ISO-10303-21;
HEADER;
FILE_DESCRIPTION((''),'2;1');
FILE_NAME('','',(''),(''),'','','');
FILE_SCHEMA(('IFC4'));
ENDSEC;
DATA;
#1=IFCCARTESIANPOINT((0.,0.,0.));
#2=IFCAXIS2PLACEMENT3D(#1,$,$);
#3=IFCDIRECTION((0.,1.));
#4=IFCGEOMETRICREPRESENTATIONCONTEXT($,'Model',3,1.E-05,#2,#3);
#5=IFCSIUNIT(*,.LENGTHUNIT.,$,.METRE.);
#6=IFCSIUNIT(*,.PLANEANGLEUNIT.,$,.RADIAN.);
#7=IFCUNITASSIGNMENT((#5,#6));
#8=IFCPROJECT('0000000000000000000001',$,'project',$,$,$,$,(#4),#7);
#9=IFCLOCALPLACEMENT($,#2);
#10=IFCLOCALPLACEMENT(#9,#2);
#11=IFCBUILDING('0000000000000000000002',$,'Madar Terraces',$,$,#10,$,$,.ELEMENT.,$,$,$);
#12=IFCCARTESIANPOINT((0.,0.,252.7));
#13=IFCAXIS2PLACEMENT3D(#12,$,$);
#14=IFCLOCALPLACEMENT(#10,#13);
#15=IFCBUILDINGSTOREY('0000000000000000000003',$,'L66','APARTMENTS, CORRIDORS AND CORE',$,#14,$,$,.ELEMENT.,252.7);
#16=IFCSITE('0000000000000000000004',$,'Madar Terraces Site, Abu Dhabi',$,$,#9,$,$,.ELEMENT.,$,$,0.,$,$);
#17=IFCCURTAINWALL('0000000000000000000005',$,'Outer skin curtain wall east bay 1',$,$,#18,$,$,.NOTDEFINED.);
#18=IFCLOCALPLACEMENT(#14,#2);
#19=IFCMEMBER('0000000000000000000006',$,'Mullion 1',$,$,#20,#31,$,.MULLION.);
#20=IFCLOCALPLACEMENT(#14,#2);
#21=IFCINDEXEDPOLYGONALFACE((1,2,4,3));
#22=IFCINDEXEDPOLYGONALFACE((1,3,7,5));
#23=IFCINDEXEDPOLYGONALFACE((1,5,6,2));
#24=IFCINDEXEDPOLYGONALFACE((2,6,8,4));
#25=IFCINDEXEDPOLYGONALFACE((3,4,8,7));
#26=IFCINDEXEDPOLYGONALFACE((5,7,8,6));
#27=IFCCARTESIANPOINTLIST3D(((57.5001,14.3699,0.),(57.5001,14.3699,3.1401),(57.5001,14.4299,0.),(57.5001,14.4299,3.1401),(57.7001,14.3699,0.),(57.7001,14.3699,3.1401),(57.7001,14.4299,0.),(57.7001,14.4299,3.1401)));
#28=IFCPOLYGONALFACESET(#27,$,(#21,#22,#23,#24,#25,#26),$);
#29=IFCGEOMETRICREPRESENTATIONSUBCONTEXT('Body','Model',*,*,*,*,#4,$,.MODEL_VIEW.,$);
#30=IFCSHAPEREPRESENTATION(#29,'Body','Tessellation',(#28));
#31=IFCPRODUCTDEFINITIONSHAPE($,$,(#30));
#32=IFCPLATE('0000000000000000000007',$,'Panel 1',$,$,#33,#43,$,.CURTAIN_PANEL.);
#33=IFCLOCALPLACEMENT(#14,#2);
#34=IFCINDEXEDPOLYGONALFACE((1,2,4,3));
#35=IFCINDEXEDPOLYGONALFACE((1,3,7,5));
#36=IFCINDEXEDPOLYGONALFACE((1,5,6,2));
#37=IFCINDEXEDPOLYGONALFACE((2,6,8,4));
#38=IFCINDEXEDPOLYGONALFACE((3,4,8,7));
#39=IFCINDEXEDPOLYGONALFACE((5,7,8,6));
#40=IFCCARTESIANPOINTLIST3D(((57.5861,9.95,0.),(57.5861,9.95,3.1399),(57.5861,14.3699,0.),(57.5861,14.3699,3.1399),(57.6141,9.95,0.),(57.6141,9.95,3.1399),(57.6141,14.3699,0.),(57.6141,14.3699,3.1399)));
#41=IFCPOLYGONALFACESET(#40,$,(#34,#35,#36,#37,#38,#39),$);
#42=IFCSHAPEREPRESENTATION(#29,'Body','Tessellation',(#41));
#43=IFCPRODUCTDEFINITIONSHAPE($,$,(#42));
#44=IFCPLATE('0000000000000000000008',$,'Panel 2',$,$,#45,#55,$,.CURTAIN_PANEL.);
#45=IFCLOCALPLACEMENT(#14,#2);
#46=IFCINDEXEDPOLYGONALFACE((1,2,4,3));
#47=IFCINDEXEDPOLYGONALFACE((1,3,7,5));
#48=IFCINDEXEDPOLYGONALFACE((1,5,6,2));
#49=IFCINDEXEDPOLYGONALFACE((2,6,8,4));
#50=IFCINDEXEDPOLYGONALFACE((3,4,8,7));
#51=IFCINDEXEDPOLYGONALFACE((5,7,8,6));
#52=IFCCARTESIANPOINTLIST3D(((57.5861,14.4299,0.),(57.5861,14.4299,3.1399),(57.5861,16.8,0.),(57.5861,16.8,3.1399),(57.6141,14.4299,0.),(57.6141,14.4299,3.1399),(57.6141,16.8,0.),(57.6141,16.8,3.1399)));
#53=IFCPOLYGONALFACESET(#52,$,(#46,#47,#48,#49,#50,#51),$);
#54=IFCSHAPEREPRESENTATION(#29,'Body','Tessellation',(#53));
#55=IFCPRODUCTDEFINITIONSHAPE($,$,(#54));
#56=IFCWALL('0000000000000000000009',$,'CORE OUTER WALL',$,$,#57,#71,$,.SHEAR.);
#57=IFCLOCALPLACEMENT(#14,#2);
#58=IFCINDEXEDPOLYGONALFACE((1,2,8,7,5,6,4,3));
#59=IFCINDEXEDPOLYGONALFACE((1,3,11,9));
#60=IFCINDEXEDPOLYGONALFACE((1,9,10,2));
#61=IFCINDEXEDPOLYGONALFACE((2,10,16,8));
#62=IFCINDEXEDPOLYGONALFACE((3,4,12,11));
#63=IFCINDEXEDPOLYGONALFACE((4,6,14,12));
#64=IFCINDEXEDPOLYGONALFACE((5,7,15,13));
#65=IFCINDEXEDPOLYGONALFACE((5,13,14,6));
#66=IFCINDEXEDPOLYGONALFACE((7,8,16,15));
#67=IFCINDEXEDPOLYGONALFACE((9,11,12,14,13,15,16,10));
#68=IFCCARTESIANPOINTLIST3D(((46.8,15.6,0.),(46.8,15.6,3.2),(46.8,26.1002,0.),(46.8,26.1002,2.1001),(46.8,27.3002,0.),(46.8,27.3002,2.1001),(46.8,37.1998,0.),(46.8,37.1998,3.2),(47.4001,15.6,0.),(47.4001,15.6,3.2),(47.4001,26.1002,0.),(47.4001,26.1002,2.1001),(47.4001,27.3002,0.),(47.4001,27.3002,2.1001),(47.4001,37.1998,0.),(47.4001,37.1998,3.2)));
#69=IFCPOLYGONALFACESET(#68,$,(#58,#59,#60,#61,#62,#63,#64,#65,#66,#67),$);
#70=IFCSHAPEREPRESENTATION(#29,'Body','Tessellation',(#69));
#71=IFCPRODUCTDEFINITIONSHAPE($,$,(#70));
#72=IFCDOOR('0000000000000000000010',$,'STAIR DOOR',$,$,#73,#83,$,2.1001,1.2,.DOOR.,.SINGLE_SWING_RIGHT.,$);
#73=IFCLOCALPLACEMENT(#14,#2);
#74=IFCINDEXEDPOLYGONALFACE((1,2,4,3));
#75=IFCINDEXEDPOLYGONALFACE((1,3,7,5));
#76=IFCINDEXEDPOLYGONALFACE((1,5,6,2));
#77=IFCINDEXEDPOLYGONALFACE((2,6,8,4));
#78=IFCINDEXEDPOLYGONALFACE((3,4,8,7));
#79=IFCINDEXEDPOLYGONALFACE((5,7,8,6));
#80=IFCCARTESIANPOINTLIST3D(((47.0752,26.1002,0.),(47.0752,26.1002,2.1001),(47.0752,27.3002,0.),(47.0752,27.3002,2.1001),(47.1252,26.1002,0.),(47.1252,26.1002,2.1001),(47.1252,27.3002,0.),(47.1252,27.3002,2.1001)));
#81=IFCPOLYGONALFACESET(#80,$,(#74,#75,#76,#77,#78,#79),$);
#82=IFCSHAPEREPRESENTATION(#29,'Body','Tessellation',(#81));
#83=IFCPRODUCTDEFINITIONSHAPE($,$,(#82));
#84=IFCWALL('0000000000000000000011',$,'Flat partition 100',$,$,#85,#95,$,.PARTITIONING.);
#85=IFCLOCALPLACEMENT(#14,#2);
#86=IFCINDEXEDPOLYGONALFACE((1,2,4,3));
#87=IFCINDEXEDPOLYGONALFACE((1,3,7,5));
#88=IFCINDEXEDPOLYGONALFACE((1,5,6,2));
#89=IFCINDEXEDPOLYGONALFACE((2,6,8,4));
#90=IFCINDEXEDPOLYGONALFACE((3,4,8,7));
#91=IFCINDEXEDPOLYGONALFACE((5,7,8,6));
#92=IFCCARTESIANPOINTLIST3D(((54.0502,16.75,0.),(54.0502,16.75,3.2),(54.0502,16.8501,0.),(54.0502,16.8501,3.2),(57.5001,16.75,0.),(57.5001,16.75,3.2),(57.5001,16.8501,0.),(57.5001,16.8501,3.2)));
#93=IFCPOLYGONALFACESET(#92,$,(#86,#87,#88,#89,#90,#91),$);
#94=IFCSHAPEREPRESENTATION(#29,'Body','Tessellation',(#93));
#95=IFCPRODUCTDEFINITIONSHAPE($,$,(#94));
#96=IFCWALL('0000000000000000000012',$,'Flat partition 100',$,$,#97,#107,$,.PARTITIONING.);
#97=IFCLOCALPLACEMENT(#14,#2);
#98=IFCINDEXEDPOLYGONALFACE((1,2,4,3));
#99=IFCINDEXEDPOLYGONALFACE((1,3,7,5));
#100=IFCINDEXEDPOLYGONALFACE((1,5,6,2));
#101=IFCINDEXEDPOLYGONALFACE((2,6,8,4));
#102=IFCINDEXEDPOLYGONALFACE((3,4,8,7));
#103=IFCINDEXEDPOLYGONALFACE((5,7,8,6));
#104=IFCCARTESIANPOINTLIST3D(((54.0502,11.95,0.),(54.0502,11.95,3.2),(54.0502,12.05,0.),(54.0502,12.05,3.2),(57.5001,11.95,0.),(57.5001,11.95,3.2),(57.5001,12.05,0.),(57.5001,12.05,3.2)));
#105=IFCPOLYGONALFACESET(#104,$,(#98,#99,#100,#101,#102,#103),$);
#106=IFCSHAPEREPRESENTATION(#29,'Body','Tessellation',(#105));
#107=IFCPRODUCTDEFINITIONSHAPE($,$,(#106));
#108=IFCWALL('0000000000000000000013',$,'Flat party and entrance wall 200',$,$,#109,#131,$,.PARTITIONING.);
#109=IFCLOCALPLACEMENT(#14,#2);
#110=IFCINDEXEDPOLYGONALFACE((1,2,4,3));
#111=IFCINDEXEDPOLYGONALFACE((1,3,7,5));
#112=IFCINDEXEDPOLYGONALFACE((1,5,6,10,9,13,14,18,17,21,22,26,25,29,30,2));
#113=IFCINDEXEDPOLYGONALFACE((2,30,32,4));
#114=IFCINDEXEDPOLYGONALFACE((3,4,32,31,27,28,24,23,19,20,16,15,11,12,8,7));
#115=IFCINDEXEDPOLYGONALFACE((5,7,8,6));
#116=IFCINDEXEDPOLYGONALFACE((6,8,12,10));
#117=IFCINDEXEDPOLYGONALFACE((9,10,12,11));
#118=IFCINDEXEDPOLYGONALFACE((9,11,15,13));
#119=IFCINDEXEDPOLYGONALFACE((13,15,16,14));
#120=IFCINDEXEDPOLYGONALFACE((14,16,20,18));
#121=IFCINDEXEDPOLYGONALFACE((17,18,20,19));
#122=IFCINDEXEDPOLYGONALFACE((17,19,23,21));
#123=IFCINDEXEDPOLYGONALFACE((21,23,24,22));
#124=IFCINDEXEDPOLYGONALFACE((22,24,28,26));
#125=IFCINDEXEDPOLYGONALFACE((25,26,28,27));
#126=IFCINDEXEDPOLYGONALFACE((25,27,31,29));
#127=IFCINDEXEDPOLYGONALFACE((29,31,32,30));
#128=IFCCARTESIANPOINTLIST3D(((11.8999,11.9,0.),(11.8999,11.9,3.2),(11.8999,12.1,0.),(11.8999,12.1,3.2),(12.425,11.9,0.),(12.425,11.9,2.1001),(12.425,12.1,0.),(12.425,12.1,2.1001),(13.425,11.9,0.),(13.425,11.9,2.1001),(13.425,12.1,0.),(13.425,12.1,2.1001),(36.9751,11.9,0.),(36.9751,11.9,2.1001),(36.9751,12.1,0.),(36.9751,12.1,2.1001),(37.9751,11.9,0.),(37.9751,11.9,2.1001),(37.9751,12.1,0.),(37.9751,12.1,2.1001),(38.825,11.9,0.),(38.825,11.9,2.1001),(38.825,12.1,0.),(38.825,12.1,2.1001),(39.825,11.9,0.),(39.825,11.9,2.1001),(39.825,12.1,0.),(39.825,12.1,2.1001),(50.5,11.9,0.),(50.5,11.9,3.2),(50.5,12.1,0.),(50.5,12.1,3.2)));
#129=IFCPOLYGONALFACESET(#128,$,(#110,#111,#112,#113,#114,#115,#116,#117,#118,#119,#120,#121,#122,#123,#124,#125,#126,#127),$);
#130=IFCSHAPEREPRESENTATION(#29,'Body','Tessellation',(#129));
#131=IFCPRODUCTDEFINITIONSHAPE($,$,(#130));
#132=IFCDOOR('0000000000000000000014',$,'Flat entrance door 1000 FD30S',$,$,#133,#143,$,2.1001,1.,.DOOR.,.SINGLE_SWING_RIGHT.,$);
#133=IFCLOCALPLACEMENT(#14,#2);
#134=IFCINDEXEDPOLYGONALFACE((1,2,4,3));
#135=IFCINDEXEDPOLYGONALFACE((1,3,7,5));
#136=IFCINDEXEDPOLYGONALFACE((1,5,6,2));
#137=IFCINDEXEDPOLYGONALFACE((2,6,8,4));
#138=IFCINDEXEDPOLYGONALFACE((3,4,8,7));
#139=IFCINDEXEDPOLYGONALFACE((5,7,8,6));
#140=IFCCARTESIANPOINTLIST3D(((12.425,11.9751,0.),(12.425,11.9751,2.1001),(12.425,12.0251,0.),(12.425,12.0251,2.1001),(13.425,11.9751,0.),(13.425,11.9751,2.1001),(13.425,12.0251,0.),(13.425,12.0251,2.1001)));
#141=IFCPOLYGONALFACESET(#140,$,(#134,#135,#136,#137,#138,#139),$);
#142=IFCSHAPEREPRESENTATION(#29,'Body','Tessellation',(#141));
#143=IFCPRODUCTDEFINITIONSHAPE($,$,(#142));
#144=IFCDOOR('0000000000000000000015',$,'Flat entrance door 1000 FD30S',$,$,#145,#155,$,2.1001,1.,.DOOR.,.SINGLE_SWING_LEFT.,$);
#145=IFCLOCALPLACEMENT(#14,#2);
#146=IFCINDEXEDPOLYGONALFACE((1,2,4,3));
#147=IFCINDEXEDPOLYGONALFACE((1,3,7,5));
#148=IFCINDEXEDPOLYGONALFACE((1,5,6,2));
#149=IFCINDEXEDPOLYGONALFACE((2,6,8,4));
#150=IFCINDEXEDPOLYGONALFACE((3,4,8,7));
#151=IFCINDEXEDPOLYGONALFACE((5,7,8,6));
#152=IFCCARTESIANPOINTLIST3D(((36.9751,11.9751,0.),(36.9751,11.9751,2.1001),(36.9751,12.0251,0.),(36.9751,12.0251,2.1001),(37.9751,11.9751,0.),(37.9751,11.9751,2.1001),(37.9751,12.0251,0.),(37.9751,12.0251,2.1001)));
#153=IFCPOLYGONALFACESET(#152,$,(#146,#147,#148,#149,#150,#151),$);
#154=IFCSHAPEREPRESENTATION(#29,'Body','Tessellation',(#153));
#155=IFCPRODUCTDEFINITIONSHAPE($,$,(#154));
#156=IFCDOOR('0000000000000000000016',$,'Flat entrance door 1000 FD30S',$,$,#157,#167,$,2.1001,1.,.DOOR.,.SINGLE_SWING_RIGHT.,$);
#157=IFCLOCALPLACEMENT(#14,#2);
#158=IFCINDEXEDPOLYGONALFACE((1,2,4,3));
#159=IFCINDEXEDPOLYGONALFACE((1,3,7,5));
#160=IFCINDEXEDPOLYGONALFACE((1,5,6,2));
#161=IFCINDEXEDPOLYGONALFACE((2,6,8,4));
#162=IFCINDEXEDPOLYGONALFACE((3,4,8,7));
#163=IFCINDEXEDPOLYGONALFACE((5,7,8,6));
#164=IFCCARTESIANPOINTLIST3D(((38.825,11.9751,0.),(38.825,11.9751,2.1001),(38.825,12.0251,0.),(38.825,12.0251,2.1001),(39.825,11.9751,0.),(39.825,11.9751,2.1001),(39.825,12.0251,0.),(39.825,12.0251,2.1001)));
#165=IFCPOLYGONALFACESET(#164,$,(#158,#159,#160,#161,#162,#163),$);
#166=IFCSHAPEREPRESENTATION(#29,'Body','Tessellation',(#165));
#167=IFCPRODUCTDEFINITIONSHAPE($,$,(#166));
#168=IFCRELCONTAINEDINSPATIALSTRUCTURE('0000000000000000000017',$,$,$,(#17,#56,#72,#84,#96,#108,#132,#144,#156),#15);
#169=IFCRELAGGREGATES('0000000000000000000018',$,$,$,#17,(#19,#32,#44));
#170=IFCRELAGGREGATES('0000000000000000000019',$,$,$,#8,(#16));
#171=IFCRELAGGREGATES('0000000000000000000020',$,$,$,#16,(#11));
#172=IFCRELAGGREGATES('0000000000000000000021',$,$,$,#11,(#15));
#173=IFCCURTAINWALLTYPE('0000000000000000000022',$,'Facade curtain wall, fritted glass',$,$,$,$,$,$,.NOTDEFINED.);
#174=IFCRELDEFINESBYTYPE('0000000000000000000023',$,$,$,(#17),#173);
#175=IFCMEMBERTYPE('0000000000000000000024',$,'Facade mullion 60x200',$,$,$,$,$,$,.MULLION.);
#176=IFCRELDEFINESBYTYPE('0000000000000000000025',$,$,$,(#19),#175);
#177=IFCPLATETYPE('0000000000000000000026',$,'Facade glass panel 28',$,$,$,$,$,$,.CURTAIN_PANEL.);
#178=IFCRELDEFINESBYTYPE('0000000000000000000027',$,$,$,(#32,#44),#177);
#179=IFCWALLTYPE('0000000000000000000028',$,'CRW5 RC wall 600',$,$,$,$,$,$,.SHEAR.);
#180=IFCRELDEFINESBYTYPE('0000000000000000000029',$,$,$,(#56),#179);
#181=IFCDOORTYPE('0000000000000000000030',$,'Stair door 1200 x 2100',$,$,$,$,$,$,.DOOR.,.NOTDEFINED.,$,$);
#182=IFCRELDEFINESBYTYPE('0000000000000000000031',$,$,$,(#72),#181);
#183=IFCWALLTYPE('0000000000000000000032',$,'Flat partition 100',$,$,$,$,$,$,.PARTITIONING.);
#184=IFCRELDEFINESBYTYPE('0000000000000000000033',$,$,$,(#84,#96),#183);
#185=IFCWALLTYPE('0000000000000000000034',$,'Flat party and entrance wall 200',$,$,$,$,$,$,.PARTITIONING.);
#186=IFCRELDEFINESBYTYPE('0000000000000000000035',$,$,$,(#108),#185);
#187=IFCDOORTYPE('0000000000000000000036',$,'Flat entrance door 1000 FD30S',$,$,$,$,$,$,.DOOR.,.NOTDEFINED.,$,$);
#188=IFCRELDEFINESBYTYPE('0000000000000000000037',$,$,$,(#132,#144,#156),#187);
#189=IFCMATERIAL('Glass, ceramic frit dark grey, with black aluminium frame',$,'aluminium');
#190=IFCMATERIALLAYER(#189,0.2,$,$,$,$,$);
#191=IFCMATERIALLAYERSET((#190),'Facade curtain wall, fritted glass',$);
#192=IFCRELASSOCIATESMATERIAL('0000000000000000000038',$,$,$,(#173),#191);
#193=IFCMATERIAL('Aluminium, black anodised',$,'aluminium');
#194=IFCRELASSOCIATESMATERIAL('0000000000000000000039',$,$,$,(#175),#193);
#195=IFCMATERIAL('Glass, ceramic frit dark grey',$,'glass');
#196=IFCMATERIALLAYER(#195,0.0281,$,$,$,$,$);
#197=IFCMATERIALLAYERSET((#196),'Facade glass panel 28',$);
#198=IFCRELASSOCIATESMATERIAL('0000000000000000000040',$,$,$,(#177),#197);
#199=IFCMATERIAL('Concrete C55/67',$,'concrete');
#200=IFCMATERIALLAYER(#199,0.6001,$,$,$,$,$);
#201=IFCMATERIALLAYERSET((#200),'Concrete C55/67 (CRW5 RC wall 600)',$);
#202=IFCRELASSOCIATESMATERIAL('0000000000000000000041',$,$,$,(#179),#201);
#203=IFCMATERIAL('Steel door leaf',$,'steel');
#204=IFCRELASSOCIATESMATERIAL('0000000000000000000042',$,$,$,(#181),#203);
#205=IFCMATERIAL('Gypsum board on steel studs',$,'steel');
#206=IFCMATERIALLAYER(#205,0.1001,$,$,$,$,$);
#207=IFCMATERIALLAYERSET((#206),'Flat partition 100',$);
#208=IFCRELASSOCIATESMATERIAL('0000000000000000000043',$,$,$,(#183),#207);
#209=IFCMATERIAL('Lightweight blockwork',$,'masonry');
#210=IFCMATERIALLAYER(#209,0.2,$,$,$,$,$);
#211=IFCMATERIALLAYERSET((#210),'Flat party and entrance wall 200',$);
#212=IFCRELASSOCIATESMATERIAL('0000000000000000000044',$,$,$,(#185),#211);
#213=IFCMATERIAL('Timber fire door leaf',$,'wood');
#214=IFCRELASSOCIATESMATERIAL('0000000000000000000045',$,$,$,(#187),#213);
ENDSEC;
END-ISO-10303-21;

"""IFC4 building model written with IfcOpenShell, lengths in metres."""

from ifc_helpers import new_model, si_unit, direction, frame, frame_2d, origin, origin_2d, place, context, subcontext, project, spatial, rectangle, extrude, material, layer, layer_set, material_profile, profile_set, type_object, element, fill, aggregate, save


model = new_model("IFC4")

# Units and contexts
model_context = context("Model", 3, precision=1e-05, world=origin(), true_north=direction((0.0, 1.0)))
body_context = subcontext(model_context, "Body", "Model", "MODEL_VIEW")
ifc_project = project(units=[si_unit("LENGTHUNIT", "METRE"), si_unit("PLANEANGLEUNIT", "RADIAN")], contexts=[model_context])

# Site, building, storey
site_placement = place(None, origin())
site = spatial("IfcSite", under=ifc_project, at=site_placement, Name="Madar Terraces Site, Abu Dhabi", CompositionType="ELEMENT", RefElevation=0.0)
building_placement = place(site_placement, origin())
building = spatial("IfcBuilding", under=site, at=building_placement, Name="Madar Terraces", CompositionType="ELEMENT")
storey_placement = place(building_placement, frame((0.0, 0.0, 252.7)))
storey = spatial("IfcBuildingStorey", under=building, at=storey_placement, Name="L66", Description="APARTMENTS, CORRIDORS AND CORE", CompositionType="ELEMENT", Elevation=252.7)

# Curtain wall, member, plates
ifc_material_1 = material(Name="Glass, ceramic frit dark grey, with black aluminium frame", Category="aluminium")
ifc_layer_1 = layer(ifc_material_1, 0.2)
ifc_layer_set_1 = layer_set([ifc_layer_1], Name="Facade curtain wall, fritted glass")
curtain_wall_type = type_object("IfcCurtainWallType", Name="Facade curtain wall, fritted glass", PredefinedType="NOTDEFINED", material=ifc_layer_set_1)
curtain_wall_placement = place(storey_placement, origin())
curtain_wall = element("IfcCurtainWall", 1, at=curtain_wall_placement, inside=storey, type_object=curtain_wall_type, Name="Outer skin curtain wall east bay 1", PredefinedType="NOTDEFINED")
ifc_material_2 = material(Name="Aluminium, black anodised", Category="aluminium")
ifc_material_profile = material_profile(ifc_material_2, rectangle(XDim=0.2, YDim=0.0601, at=origin_2d()), Name="Facade mullion 60x200")
ifc_profile_set = profile_set([ifc_material_profile], Name="Aluminium, black anodised")
member_type = type_object("IfcMemberType", Name="Facade mullion 60x200", PredefinedType="MULLION", material=ifc_profile_set)
member_placement = place(storey_placement, frame((57.6001, 14.3999, 0.0), z_axis=(0.0, 0.0, 1.0), x_axis=(-1.0, 0.0, 0.0)))
member = element("IfcMember", 2, at=member_placement, type_object=member_type, Name="Mullion 1", PredefinedType="MULLION", context=body_context, shape_type="SweptSolid", body=[
    extrude(rectangle(XDim=0.2, YDim=0.0601, at=origin_2d()), origin(), (0.0, 0.0, 1.0), 3.1401),
])
ifc_material_3 = material(Name="Glass, ceramic frit dark grey", Category="glass")
ifc_layer_2 = layer(ifc_material_3, 0.0281)
ifc_layer_set_2 = layer_set([ifc_layer_2], Name="Facade glass panel 28")
plate_type = type_object("IfcPlateType", Name="Facade glass panel 28", PredefinedType="CURTAIN_PANEL", material=ifc_layer_set_2)
plate_1_placement = place(storey_placement, frame((57.6001, 12.1599, 0.0), z_axis=(0.0, 0.0, 1.0), x_axis=(0.0, 1.0, 0.0)))
plate_1 = element("IfcPlate", 3, at=plate_1_placement, type_object=plate_type, Name="Panel 1", PredefinedType="CURTAIN_PANEL", context=body_context, shape_type="SweptSolid", body=[
    extrude(rectangle(XDim=4.4199, YDim=0.0281, at=origin_2d()), origin(), (0.0, 0.0, 1.0), 3.1399),
])
plate_2_placement = place(storey_placement, frame((57.6001, 15.615, 0.0), z_axis=(0.0, 0.0, 1.0), x_axis=(0.0, 1.0, 0.0)))
plate_2 = element("IfcPlate", 4, at=plate_2_placement, type_object=plate_type, Name="Panel 2", PredefinedType="CURTAIN_PANEL", context=body_context, shape_type="SweptSolid", body=[
    extrude(rectangle(XDim=2.3701, YDim=0.0281, at=origin_2d()), origin(), (0.0, 0.0, 1.0), 3.1399),
])
aggregate(curtain_wall, [member, plate_1, plate_2])

# Wall, opening, door
ifc_material_4 = material(Name="Concrete C55/67", Category="concrete")
ifc_layer_3 = layer(ifc_material_4, 0.6001)
ifc_layer_set_3 = layer_set([ifc_layer_3], Name="Concrete C55/67 (CRW5 RC wall 600)")
wall_type_1 = type_object("IfcWallType", Name="CRW5 RC wall 600", PredefinedType="SHEAR", material=ifc_layer_set_3)
wall_1_placement = place(storey_placement, frame((47.1001, 15.6001, 0.0), z_axis=(0.0, 0.0, 1.0), x_axis=(0.0, 1.0, 0.0)))
wall_1 = element("IfcWall", 5, at=wall_1_placement, inside=storey, type_object=wall_type_1, Name="CORE OUTER WALL", PredefinedType="SHEAR", context=body_context, shape_type="SweptSolid", body=[
    extrude(rectangle(XDim=21.5999, YDim=0.6001, at=frame_2d((10.7998, 0.0))), origin(), (0.0, 0.0, 1.0), 3.2),
])
opening_1_placement = place(wall_1_placement, frame((10.5, 0.0, 0.0)))
opening_1 = element("IfcOpeningElement", 6, at=opening_1_placement, cuts=wall_1, PredefinedType="OPENING", context=body_context, shape_type="SweptSolid", body=[
    extrude(rectangle(XDim=1.2, YDim=2.1001, at=frame_2d((0.6001, 1.05))), frame((0.0, 0.3101, 0.0), z_axis=(0.0, -1.0, 0.0), x_axis=(1.0, 0.0, 0.0)), (0.0, 0.0, 1.0), 0.6201),
])
ifc_material_5 = material(Name="Steel door leaf", Category="steel")
door_type_1 = type_object("IfcDoorType", Name="Stair door 1200 x 2100", OperationType="NOTDEFINED", PredefinedType="DOOR", material=ifc_material_5)
door_1_placement = place(opening_1_placement, origin())
door_1 = element("IfcDoor", 7, at=door_1_placement, inside=storey, type_object=door_type_1, Name="STAIR DOOR", OperationType="SINGLE_SWING_RIGHT", OverallHeight=2.1001, OverallWidth=1.2, PredefinedType="DOOR", context=body_context, shape_type="SweptSolid", body=[
    extrude(rectangle(XDim=1.2, YDim=2.1001, at=frame_2d((0.6001, 1.05))), frame((0.0, 0.0249, 0.0), z_axis=(0.0, -1.0, 0.0), x_axis=(1.0, 0.0, 0.0)), (0.0, 0.0, 1.0), 0.05),
])
fill(opening_1, door_1)

# Walls
ifc_material_6 = material(Name="Gypsum board on steel studs", Category="steel")
ifc_layer_4 = layer(ifc_material_6, 0.1001)
ifc_layer_set_4 = layer_set([ifc_layer_4], Name="Flat partition 100")
wall_type_2 = type_object("IfcWallType", Name="Flat partition 100", PredefinedType="PARTITIONING", material=ifc_layer_set_4)
for number, where, z_axis, x_axis, name in (
    (8, (54.05, 16.8, 0.0), (0.0, 0.0, 1.0), (1.0, 0.0, 0.0), "Flat partition 100"),
    (9, (54.05, 12.0, 0.0), (0.0, 0.0, 1.0), (1.0, 0.0, 0.0), "Flat partition 100"),
):
    element("IfcWall", number, at=place(storey_placement, frame(where, z_axis=z_axis, x_axis=x_axis)), inside=storey, type_object=wall_type_2, Name=name, PredefinedType="PARTITIONING", context=body_context, shape_type="SweptSolid", body=[
        extrude(rectangle(XDim=3.45, YDim=0.1001, at=frame_2d((1.7251, 0.0))), origin(), (0.0, 0.0, 1.0), 3.2),
    ])

# Wall, openings, doors
ifc_material_7 = material(Name="Lightweight blockwork", Category="masonry")
ifc_layer_5 = layer(ifc_material_7, 0.2)
ifc_layer_set_5 = layer_set([ifc_layer_5], Name="Flat party and entrance wall 200")
wall_type_3 = type_object("IfcWallType", Name="Flat party and entrance wall 200", PredefinedType="PARTITIONING", material=ifc_layer_set_5)
wall_2_placement = place(storey_placement, frame((50.5, 12.0, 0.0), z_axis=(0.0, 0.0, 1.0), x_axis=(-1.0, 0.0, 0.0)))
wall_2 = element("IfcWall", 10, at=wall_2_placement, inside=storey, type_object=wall_type_3, Name="Flat party and entrance wall 200", PredefinedType="PARTITIONING", context=body_context, shape_type="SweptSolid", body=[
    extrude(rectangle(XDim=38.6001, YDim=0.2, at=frame_2d((19.3, 0.0))), origin(), (0.0, 0.0, 1.0), 3.2),
])
opening_2_placement = place(wall_2_placement, frame((37.075, 0.0, 0.0)))
opening_2 = element("IfcOpeningElement", 11, at=opening_2_placement, cuts=wall_2, PredefinedType="OPENING", context=body_context, shape_type="SweptSolid", body=[
    extrude(rectangle(XDim=1.0, YDim=2.1001, at=frame_2d((0.5, 1.05))), frame((0.0, 0.1099, 0.0), z_axis=(0.0, -1.0, 0.0), x_axis=(1.0, 0.0, 0.0)), (0.0, 0.0, 1.0), 0.22),
])
opening_3_placement = place(wall_2_placement, frame((12.5249, 0.0, 0.0)))
opening_3 = element("IfcOpeningElement", 12, at=opening_3_placement, cuts=wall_2, PredefinedType="OPENING", context=body_context, shape_type="SweptSolid", body=[
    extrude(rectangle(XDim=1.0, YDim=2.1001, at=frame_2d((0.5, 1.05))), frame((0.0, 0.1099, 0.0), z_axis=(0.0, -1.0, 0.0), x_axis=(1.0, 0.0, 0.0)), (0.0, 0.0, 1.0), 0.22),
])
opening_4_placement = place(wall_2_placement, frame((10.675, 0.0, 0.0)))
opening_4 = element("IfcOpeningElement", 13, at=opening_4_placement, cuts=wall_2, PredefinedType="OPENING", context=body_context, shape_type="SweptSolid", body=[
    extrude(rectangle(XDim=1.0, YDim=2.1001, at=frame_2d((0.5, 1.05))), frame((0.0, 0.1099, 0.0), z_axis=(0.0, -1.0, 0.0), x_axis=(1.0, 0.0, 0.0)), (0.0, 0.0, 1.0), 0.22),
])
ifc_material_8 = material(Name="Timber fire door leaf", Category="wood")
door_type_2 = type_object("IfcDoorType", Name="Flat entrance door 1000 FD30S", OperationType="NOTDEFINED", PredefinedType="DOOR", material=ifc_material_8)
door_2_placement = place(opening_2_placement, origin())
door_2 = element("IfcDoor", 14, at=door_2_placement, inside=storey, type_object=door_type_2, Name="Flat entrance door 1000 FD30S", OperationType="SINGLE_SWING_RIGHT", OverallHeight=2.1001, OverallWidth=1.0, PredefinedType="DOOR", context=body_context, shape_type="SweptSolid", body=[
    extrude(rectangle(XDim=1.0, YDim=2.1001, at=frame_2d((0.5, 1.05))), frame((0.0, 0.0249, 0.0), z_axis=(0.0, -1.0, 0.0), x_axis=(1.0, 0.0, 0.0)), (0.0, 0.0, 1.0), 0.05),
])
fill(opening_2, door_2)
door_3_placement = place(opening_3_placement, origin())
door_3 = element("IfcDoor", 15, at=door_3_placement, inside=storey, type_object=door_type_2, Name="Flat entrance door 1000 FD30S", OperationType="SINGLE_SWING_LEFT", OverallHeight=2.1001, OverallWidth=1.0, PredefinedType="DOOR", context=body_context, shape_type="SweptSolid", body=[
    extrude(rectangle(XDim=1.0, YDim=2.1001, at=frame_2d((0.5, 1.05))), frame((0.0, 0.0249, 0.0), z_axis=(0.0, -1.0, 0.0), x_axis=(1.0, 0.0, 0.0)), (0.0, 0.0, 1.0), 0.05),
])
fill(opening_3, door_3)
door_4_placement = place(opening_4_placement, origin())
door_4 = element("IfcDoor", 16, at=door_4_placement, inside=storey, type_object=door_type_2, Name="Flat entrance door 1000 FD30S", OperationType="SINGLE_SWING_RIGHT", OverallHeight=2.1001, OverallWidth=1.0, PredefinedType="DOOR", context=body_context, shape_type="SweptSolid", body=[
    extrude(rectangle(XDim=1.0, YDim=2.1001, at=frame_2d((0.5, 1.05))), frame((0.0, 0.0249, 0.0), z_axis=(0.0, -1.0, 0.0), x_axis=(1.0, 0.0, 0.0)), (0.0, 0.0, 1.0), 0.05),
])
fill(opening_4, door_4)

save(model, "model.ifc")
